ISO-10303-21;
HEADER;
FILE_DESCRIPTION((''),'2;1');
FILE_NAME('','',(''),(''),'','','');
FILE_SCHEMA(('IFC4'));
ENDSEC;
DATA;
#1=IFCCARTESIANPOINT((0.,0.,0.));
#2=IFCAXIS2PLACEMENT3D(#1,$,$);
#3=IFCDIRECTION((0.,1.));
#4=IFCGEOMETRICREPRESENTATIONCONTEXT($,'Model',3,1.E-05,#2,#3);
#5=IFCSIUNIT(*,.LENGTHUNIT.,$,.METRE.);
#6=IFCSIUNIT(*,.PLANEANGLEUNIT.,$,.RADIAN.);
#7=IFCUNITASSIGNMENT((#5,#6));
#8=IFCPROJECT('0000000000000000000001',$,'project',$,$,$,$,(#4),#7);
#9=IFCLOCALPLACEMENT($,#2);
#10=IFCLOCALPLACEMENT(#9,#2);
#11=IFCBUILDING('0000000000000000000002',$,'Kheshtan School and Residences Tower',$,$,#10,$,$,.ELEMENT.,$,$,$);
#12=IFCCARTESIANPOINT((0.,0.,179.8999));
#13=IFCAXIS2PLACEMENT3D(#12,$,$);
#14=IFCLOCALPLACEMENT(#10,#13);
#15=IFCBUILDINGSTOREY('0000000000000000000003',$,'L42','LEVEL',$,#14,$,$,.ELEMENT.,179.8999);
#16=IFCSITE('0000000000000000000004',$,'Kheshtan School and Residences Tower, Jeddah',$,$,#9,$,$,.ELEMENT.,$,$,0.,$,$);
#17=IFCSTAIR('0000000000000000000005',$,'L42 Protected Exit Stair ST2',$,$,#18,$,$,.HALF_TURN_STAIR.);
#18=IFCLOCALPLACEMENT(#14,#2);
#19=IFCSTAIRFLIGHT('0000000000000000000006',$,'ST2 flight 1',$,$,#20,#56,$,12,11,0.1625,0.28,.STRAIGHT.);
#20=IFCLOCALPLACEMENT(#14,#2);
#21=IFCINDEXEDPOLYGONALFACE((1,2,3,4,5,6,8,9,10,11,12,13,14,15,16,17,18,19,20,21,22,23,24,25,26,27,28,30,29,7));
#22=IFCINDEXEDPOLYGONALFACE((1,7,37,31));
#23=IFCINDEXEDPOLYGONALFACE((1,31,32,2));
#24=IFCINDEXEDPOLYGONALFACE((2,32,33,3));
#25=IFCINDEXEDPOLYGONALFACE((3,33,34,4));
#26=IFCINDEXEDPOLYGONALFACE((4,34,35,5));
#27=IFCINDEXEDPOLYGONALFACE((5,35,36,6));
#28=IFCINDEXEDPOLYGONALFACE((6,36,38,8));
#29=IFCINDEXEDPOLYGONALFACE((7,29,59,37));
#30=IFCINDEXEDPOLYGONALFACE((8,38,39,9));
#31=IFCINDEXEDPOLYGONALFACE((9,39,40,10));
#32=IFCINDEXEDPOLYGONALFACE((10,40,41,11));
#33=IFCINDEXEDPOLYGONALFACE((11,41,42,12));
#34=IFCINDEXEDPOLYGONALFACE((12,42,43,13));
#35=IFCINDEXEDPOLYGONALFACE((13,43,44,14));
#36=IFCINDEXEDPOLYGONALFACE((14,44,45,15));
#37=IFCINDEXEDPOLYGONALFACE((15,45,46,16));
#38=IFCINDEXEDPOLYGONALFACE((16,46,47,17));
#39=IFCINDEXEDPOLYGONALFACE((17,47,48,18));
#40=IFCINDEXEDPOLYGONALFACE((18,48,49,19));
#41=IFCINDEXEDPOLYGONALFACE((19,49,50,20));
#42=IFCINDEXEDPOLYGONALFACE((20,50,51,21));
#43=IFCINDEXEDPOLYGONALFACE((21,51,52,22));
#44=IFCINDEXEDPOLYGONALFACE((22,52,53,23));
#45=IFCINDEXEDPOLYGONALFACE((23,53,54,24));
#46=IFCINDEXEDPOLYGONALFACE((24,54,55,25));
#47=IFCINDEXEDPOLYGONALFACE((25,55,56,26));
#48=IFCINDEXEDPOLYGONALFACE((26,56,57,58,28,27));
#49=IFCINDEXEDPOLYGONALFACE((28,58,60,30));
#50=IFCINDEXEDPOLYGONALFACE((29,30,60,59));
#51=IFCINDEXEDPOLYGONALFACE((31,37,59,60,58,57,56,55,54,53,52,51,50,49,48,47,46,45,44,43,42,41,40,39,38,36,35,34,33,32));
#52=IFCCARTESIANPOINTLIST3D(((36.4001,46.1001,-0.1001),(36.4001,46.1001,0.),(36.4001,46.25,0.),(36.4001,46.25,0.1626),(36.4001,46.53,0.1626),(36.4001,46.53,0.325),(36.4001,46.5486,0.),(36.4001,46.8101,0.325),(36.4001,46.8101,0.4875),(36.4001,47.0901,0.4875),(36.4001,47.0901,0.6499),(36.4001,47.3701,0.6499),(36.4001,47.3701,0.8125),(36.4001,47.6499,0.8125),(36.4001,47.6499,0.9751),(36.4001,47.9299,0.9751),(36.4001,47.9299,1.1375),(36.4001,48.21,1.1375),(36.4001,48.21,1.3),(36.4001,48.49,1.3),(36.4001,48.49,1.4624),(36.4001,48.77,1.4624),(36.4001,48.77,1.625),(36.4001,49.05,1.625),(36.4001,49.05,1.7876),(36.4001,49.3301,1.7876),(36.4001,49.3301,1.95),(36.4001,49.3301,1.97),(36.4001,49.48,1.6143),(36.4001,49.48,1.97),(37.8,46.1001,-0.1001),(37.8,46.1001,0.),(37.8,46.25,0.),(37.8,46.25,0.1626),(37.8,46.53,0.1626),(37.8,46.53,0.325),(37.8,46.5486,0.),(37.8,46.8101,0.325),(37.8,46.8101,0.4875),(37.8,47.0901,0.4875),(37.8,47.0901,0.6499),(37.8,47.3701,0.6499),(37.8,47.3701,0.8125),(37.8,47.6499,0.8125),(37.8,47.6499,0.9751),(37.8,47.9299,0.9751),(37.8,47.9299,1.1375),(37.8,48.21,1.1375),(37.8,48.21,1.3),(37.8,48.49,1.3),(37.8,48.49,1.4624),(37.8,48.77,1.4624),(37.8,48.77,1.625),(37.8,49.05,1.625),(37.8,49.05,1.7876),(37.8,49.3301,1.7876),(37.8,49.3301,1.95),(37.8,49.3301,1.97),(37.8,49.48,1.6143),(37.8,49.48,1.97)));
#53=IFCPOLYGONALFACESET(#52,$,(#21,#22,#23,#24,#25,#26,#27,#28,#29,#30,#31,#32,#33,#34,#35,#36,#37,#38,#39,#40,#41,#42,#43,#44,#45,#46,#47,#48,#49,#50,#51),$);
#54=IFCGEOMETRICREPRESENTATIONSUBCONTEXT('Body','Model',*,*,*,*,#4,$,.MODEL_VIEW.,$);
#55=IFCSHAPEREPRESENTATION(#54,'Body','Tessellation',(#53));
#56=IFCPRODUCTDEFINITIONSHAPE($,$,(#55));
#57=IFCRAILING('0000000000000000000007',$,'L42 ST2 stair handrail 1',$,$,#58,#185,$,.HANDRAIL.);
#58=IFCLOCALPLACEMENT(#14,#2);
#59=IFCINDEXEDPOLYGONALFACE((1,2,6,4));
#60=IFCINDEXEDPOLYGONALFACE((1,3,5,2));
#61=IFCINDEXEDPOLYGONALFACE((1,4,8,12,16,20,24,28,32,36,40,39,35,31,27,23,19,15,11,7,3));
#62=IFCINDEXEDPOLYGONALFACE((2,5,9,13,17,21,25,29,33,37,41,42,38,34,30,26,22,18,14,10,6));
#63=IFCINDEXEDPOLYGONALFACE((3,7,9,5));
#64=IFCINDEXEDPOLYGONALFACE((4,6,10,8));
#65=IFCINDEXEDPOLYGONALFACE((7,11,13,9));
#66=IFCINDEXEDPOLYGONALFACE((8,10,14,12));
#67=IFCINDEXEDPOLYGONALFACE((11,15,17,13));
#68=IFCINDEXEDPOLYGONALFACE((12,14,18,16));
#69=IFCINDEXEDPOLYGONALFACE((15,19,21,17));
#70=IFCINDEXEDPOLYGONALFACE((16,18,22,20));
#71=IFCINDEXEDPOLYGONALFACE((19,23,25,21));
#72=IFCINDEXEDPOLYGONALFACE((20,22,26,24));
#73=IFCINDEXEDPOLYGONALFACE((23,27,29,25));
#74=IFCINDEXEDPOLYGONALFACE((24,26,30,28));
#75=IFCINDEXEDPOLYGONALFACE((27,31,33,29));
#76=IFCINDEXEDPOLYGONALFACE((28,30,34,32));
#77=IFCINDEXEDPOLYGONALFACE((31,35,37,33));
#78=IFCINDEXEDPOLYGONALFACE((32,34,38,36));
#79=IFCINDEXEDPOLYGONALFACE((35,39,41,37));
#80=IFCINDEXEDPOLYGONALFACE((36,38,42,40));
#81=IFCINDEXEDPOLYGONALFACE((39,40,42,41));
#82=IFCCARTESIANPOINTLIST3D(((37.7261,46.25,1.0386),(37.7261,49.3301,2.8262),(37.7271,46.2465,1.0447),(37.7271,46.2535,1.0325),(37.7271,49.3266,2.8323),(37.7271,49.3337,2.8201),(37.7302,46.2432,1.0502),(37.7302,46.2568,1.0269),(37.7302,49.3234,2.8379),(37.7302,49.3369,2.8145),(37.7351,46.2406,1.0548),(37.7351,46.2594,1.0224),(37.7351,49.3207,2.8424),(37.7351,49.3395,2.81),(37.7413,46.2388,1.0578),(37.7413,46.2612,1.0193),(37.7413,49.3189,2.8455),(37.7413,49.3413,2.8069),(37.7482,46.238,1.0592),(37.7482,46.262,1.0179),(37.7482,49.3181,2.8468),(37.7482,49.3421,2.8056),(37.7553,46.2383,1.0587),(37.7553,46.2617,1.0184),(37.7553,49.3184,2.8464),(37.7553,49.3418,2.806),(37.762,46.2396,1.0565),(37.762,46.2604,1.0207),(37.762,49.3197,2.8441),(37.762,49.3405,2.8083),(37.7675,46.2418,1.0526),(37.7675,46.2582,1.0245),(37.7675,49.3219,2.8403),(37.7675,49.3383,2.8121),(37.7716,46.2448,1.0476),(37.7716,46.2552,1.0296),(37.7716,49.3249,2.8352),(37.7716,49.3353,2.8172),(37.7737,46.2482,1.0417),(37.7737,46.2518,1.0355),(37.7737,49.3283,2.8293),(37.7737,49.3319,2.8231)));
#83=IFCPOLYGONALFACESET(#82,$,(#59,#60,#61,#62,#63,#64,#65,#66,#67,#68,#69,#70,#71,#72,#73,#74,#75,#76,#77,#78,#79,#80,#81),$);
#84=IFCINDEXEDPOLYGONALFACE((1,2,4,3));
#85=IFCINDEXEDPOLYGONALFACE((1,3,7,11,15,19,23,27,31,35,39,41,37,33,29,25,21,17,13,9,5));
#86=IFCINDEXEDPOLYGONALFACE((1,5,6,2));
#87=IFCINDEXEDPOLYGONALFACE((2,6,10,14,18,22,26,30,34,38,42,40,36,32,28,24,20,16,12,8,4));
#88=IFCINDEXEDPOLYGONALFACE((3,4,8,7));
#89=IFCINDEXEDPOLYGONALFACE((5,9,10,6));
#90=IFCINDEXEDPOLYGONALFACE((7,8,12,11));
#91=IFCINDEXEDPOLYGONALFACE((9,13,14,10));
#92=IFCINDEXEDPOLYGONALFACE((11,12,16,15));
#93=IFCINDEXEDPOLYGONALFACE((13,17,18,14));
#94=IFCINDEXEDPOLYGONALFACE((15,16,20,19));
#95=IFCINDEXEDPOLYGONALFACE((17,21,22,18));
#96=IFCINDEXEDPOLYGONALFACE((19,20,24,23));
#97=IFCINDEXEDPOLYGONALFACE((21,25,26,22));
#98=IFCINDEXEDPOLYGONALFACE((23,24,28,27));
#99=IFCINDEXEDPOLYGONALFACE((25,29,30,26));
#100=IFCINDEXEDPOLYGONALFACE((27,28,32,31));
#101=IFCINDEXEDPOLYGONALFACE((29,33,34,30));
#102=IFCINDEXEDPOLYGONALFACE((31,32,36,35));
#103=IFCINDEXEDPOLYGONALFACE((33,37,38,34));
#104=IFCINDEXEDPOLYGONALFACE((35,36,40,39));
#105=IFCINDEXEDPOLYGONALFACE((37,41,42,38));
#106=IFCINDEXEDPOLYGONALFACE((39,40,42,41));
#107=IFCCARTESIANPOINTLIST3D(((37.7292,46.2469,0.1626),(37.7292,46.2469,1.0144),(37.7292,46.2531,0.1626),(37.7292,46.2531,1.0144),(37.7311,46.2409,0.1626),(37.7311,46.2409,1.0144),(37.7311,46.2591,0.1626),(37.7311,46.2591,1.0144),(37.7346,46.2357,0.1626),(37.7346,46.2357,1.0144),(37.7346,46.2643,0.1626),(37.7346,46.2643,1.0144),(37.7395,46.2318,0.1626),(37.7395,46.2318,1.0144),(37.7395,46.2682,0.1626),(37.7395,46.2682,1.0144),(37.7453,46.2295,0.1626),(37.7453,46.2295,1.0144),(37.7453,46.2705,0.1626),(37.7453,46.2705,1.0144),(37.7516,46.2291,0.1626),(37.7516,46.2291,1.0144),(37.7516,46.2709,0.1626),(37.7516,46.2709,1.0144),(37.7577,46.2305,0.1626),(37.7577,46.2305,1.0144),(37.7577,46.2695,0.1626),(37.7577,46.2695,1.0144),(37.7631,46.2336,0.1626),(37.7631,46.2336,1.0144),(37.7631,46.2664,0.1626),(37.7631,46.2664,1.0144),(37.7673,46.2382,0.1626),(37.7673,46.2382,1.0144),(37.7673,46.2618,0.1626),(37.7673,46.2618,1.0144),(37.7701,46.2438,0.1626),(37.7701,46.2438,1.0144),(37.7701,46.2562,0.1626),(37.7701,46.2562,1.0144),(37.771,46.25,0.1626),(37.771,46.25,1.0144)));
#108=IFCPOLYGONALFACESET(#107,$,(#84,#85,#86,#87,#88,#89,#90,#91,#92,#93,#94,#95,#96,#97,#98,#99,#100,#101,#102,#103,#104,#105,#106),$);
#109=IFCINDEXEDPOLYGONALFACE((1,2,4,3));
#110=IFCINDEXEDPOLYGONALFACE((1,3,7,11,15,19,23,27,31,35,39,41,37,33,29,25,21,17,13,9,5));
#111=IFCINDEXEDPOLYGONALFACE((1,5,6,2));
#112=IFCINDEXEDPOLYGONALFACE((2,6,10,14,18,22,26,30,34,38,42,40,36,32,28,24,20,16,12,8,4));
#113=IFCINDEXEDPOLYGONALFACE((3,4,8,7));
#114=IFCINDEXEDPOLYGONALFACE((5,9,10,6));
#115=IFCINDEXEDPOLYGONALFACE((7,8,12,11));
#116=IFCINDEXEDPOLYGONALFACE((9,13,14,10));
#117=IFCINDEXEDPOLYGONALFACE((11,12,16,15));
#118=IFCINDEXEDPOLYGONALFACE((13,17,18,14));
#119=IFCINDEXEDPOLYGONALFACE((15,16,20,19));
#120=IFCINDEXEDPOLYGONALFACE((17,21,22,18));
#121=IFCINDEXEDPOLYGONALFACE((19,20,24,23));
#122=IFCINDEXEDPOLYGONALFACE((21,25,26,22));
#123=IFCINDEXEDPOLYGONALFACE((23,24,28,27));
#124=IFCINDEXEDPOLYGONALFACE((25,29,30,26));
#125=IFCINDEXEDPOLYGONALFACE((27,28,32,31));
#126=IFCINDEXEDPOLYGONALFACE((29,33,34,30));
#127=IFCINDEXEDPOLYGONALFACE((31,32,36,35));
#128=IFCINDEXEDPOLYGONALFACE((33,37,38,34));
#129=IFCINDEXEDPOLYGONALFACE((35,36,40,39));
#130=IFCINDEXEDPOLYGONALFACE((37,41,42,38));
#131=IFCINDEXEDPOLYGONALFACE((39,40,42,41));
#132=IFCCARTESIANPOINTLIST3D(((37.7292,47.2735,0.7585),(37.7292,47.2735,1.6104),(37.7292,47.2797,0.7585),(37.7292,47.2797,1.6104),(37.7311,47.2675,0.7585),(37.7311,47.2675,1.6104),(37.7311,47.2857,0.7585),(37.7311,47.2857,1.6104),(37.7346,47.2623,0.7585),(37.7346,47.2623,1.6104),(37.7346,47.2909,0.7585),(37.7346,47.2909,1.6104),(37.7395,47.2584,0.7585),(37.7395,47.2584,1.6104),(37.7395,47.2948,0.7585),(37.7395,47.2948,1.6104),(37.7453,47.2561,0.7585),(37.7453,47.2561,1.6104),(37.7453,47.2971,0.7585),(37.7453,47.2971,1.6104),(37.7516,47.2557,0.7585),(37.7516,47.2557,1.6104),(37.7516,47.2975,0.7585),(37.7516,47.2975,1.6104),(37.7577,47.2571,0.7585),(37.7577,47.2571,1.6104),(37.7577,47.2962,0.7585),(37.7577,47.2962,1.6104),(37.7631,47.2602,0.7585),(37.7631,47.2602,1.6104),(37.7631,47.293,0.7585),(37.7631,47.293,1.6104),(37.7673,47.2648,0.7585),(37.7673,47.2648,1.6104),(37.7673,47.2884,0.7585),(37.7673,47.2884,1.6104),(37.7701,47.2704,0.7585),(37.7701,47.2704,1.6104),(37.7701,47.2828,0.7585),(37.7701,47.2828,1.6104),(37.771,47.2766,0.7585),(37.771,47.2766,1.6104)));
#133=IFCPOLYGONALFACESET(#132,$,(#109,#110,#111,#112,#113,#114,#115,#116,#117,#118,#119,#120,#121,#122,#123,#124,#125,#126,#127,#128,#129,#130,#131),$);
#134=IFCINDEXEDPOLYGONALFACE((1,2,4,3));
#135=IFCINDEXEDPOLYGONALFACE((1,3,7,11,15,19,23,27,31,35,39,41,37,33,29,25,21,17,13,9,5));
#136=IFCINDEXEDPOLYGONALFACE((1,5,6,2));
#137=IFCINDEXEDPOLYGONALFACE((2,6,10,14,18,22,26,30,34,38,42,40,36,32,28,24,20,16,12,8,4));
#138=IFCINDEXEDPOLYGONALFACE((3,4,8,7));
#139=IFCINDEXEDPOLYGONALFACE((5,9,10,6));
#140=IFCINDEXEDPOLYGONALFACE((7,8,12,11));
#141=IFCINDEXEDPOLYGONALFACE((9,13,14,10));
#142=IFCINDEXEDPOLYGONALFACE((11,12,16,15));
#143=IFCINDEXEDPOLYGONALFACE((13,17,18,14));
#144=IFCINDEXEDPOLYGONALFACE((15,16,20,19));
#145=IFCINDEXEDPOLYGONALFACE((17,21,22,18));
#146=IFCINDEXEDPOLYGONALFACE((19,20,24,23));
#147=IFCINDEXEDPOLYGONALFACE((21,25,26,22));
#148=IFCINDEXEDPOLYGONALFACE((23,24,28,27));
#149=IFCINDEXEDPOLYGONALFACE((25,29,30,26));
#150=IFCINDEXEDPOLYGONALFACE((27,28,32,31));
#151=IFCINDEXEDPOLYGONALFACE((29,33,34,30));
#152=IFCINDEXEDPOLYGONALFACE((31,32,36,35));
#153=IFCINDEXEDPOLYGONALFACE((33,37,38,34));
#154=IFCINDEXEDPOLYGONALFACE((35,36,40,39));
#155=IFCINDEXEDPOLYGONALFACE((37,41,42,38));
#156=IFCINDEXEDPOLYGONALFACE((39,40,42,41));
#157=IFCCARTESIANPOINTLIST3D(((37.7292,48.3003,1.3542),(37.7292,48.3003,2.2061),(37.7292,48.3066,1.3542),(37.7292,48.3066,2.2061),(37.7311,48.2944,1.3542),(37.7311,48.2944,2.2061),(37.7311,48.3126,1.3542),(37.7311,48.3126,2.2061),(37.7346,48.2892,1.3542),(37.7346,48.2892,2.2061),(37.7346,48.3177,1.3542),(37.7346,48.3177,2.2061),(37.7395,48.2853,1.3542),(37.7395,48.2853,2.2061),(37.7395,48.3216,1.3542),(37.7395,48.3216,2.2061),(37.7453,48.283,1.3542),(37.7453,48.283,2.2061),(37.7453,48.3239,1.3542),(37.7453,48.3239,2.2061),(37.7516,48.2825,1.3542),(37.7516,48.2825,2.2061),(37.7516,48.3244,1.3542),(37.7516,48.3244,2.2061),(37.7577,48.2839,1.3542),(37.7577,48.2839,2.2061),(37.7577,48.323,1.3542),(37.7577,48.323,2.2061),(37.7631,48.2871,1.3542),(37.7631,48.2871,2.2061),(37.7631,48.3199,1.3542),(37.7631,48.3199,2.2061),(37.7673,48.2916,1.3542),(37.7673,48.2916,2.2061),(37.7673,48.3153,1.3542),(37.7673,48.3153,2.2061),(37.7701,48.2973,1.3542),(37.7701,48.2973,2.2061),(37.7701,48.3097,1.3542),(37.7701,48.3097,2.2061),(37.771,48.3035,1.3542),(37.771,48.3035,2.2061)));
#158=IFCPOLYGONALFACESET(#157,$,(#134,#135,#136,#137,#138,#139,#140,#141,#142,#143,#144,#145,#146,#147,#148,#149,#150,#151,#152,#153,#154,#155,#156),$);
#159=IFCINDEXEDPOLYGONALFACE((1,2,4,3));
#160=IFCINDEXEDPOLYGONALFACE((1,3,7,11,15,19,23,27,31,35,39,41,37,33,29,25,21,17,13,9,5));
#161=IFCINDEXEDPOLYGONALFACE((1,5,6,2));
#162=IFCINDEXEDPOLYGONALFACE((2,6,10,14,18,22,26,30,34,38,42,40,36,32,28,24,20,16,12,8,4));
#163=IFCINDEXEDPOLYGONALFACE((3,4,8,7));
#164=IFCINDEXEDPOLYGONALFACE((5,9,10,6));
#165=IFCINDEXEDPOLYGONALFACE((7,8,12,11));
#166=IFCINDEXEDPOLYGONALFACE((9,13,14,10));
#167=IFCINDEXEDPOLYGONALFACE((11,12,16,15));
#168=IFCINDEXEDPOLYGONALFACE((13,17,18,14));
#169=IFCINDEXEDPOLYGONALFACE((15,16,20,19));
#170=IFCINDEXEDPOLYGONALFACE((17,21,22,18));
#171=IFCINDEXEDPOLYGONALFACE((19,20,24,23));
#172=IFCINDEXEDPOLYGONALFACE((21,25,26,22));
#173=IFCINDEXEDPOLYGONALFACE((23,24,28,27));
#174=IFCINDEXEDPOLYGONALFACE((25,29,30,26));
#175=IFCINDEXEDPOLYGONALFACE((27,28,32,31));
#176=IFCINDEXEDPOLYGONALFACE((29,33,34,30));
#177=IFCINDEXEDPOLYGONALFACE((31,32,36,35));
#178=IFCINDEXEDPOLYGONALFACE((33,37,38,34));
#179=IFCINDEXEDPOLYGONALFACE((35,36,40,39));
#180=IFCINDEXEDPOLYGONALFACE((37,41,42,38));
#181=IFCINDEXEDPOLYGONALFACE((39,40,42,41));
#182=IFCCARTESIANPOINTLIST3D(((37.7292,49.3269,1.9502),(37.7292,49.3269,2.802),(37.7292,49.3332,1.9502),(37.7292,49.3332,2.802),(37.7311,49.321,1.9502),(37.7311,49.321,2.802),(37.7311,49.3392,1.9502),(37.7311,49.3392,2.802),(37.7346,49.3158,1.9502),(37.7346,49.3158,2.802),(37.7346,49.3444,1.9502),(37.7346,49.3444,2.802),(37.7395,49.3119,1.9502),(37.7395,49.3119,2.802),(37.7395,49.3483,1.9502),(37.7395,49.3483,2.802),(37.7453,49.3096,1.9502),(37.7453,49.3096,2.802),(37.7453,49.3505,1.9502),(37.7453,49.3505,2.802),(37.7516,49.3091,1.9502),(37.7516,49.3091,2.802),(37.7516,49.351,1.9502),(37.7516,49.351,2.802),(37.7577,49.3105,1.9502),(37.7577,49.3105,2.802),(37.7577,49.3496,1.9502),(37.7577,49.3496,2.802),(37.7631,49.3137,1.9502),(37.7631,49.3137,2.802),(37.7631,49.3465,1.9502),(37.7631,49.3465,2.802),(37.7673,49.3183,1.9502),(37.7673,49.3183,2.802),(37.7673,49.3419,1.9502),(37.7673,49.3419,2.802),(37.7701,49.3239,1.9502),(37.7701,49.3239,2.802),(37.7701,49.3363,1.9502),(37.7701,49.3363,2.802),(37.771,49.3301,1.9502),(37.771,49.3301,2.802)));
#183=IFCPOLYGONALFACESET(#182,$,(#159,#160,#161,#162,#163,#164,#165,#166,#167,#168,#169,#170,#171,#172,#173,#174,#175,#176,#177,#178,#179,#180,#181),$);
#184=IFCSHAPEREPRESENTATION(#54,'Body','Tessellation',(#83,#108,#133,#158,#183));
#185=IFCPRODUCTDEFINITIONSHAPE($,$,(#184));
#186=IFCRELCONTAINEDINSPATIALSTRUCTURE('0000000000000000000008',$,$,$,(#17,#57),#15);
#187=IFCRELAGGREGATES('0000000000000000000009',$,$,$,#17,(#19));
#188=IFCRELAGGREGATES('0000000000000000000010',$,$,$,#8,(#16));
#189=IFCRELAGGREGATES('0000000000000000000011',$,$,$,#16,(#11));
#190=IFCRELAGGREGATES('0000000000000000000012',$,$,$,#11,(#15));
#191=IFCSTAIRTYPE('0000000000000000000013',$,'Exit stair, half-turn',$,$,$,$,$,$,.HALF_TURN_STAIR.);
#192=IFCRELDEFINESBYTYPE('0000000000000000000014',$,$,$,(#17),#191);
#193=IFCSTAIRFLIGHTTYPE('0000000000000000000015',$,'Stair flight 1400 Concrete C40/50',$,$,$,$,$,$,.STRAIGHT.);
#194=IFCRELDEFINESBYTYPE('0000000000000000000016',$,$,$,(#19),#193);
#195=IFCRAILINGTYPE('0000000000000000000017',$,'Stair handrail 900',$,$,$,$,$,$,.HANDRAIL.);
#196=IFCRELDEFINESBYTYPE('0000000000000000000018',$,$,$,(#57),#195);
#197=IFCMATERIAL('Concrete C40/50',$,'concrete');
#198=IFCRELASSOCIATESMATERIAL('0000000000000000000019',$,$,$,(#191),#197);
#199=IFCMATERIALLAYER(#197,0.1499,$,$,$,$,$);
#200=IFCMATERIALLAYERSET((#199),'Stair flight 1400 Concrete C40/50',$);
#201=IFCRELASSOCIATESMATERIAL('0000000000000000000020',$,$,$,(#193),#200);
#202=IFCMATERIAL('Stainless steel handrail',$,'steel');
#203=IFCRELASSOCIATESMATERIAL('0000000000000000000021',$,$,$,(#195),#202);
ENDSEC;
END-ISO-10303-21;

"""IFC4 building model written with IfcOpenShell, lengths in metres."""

from ifc_helpers import new_model, si_unit, direction, frame, origin, origin_2d, place, context, subcontext, project, spatial, polyline, circle, outline, extrude, material, layer, layer_set, type_object, element, aggregate, save


model = new_model("IFC4")

# Units and contexts
model_context = context("Model", 3, precision=1e-05, world=origin(), true_north=direction((0.0, 1.0)))
body_context = subcontext(model_context, "Body", "Model", "MODEL_VIEW")
ifc_project = project(units=[si_unit("LENGTHUNIT", "METRE"), si_unit("PLANEANGLEUNIT", "RADIAN")], contexts=[model_context])

# Site, building, storey
site_placement = place(None, origin())
site = spatial("IfcSite", under=ifc_project, at=site_placement, Name="Kheshtan School and Residences Tower, Jeddah", CompositionType="ELEMENT", RefElevation=0.0)
building_placement = place(site_placement, origin())
building = spatial("IfcBuilding", under=site, at=building_placement, Name="Kheshtan School and Residences Tower", CompositionType="ELEMENT")
storey_placement = place(building_placement, frame((0.0, 0.0, 179.8999)))
storey = spatial("IfcBuildingStorey", under=building, at=storey_placement, Name="L42", Description="LEVEL", CompositionType="ELEMENT", Elevation=179.8999)

# Stair, stair flight
ifc_material_1 = material(Name="Concrete C40/50", Category="concrete")
stair_type = type_object("IfcStairType", Name="Exit stair, half-turn", PredefinedType="HALF_TURN_STAIR", material=ifc_material_1)
stair_placement = place(storey_placement, origin())
stair = element("IfcStair", 1, at=stair_placement, inside=storey, type_object=stair_type, Name="L42 Protected Exit Stair ST2", PredefinedType="HALF_TURN_STAIR")
ifc_layer_1 = layer(ifc_material_1, 0.1499)
ifc_layer_set_1 = layer_set([ifc_layer_1], Name="Stair flight 1400 Concrete C40/50")
stair_flight_type = type_object("IfcStairFlightType", Name="Stair flight 1400 Concrete C40/50", PredefinedType="STRAIGHT", material=ifc_layer_set_1)
stair_flight_placement = place(storey_placement, frame((37.1001, 46.25, 0.0), z_axis=(0.0, 0.0, 1.0), x_axis=(0.0, 1.0, 0.0)))
stair_flight = element("IfcStairFlight", 2, at=stair_flight_placement, type_object=stair_flight_type, Name="ST2 flight 1", NumberOfRisers=12, NumberOfTreads=11, PredefinedType="STRAIGHT", RiserHeight=0.1625, TreadLength=0.28, context=body_context, shape_type="SweptSolid", body=[
    extrude(outline(polyline([(-0.1499, -0.1001), (-0.1499, 0.0), (0.0, 0.0), (0.0, 0.1626), (0.28, 0.1626), (0.28, 0.325), (0.5601, 0.325), (0.5601, 0.4875), (0.8401, 0.4875), (0.8401, 0.6499), (1.1201, 0.6499), (1.1201, 0.8125), (1.3999, 0.8125), (1.3999, 0.9751), (1.6799, 0.9751), (1.6799, 1.1375), (1.96, 1.1375), (1.96, 1.3), (2.24, 1.3), (2.24, 1.4624), (2.52, 1.4624), (2.52, 1.625), (2.8, 1.625), (2.8, 1.7876), (3.0801, 1.7876), (3.0801, 1.95), (3.0801, 1.97), (3.23, 1.97), (3.23, 1.6143), (0.2986, 0.0), (-0.1499, -0.1001)])), frame((0.0, 0.7, 0.0), z_axis=(0.0, -1.0, 0.0), x_axis=(1.0, 0.0, 0.0)), (0.0, 0.0, 1.0), 1.3999),
])
aggregate(stair, [stair_flight])

# Railing
ifc_material_2 = material(Name="Stainless steel handrail", Category="steel")
railing_type = type_object("IfcRailingType", Name="Stair handrail 900", PredefinedType="HANDRAIL", material=ifc_material_2)
railing_placement = place(storey_placement, frame((37.75, 46.25, 0.1626)))
element("IfcRailing", 3, at=railing_placement, inside=storey, type_object=railing_type, Name="L42 ST2 stair handrail 1", PredefinedType="HANDRAIL", context=body_context, shape_type="SweptSolid", body=[
    extrude(circle(Radius=0.0239, at=origin_2d()), frame((0.0, 0.0, 0.876), z_axis=(0.0, 0.864891, 0.50196), x_axis=(-1.0, 0.0, 0.0)), (0.0, 0.0, 1.0), 3.5613),
    extrude(circle(Radius=0.021, at=origin_2d()), origin(), (0.0, 0.0, 1.0), 0.8518),
    extrude(circle(Radius=0.021, at=origin_2d()), frame((0.0, 1.0266, 0.5959)), (0.0, 0.0, 1.0), 0.8518),
    extrude(circle(Radius=0.021, at=origin_2d()), frame((0.0, 2.0535, 1.1917)), (0.0, 0.0, 1.0), 0.8518),
    extrude(circle(Radius=0.021, at=origin_2d()), frame((0.0, 3.0801, 1.7876)), (0.0, 0.0, 1.0), 0.8518),
])

save(model, "model.ifc")
